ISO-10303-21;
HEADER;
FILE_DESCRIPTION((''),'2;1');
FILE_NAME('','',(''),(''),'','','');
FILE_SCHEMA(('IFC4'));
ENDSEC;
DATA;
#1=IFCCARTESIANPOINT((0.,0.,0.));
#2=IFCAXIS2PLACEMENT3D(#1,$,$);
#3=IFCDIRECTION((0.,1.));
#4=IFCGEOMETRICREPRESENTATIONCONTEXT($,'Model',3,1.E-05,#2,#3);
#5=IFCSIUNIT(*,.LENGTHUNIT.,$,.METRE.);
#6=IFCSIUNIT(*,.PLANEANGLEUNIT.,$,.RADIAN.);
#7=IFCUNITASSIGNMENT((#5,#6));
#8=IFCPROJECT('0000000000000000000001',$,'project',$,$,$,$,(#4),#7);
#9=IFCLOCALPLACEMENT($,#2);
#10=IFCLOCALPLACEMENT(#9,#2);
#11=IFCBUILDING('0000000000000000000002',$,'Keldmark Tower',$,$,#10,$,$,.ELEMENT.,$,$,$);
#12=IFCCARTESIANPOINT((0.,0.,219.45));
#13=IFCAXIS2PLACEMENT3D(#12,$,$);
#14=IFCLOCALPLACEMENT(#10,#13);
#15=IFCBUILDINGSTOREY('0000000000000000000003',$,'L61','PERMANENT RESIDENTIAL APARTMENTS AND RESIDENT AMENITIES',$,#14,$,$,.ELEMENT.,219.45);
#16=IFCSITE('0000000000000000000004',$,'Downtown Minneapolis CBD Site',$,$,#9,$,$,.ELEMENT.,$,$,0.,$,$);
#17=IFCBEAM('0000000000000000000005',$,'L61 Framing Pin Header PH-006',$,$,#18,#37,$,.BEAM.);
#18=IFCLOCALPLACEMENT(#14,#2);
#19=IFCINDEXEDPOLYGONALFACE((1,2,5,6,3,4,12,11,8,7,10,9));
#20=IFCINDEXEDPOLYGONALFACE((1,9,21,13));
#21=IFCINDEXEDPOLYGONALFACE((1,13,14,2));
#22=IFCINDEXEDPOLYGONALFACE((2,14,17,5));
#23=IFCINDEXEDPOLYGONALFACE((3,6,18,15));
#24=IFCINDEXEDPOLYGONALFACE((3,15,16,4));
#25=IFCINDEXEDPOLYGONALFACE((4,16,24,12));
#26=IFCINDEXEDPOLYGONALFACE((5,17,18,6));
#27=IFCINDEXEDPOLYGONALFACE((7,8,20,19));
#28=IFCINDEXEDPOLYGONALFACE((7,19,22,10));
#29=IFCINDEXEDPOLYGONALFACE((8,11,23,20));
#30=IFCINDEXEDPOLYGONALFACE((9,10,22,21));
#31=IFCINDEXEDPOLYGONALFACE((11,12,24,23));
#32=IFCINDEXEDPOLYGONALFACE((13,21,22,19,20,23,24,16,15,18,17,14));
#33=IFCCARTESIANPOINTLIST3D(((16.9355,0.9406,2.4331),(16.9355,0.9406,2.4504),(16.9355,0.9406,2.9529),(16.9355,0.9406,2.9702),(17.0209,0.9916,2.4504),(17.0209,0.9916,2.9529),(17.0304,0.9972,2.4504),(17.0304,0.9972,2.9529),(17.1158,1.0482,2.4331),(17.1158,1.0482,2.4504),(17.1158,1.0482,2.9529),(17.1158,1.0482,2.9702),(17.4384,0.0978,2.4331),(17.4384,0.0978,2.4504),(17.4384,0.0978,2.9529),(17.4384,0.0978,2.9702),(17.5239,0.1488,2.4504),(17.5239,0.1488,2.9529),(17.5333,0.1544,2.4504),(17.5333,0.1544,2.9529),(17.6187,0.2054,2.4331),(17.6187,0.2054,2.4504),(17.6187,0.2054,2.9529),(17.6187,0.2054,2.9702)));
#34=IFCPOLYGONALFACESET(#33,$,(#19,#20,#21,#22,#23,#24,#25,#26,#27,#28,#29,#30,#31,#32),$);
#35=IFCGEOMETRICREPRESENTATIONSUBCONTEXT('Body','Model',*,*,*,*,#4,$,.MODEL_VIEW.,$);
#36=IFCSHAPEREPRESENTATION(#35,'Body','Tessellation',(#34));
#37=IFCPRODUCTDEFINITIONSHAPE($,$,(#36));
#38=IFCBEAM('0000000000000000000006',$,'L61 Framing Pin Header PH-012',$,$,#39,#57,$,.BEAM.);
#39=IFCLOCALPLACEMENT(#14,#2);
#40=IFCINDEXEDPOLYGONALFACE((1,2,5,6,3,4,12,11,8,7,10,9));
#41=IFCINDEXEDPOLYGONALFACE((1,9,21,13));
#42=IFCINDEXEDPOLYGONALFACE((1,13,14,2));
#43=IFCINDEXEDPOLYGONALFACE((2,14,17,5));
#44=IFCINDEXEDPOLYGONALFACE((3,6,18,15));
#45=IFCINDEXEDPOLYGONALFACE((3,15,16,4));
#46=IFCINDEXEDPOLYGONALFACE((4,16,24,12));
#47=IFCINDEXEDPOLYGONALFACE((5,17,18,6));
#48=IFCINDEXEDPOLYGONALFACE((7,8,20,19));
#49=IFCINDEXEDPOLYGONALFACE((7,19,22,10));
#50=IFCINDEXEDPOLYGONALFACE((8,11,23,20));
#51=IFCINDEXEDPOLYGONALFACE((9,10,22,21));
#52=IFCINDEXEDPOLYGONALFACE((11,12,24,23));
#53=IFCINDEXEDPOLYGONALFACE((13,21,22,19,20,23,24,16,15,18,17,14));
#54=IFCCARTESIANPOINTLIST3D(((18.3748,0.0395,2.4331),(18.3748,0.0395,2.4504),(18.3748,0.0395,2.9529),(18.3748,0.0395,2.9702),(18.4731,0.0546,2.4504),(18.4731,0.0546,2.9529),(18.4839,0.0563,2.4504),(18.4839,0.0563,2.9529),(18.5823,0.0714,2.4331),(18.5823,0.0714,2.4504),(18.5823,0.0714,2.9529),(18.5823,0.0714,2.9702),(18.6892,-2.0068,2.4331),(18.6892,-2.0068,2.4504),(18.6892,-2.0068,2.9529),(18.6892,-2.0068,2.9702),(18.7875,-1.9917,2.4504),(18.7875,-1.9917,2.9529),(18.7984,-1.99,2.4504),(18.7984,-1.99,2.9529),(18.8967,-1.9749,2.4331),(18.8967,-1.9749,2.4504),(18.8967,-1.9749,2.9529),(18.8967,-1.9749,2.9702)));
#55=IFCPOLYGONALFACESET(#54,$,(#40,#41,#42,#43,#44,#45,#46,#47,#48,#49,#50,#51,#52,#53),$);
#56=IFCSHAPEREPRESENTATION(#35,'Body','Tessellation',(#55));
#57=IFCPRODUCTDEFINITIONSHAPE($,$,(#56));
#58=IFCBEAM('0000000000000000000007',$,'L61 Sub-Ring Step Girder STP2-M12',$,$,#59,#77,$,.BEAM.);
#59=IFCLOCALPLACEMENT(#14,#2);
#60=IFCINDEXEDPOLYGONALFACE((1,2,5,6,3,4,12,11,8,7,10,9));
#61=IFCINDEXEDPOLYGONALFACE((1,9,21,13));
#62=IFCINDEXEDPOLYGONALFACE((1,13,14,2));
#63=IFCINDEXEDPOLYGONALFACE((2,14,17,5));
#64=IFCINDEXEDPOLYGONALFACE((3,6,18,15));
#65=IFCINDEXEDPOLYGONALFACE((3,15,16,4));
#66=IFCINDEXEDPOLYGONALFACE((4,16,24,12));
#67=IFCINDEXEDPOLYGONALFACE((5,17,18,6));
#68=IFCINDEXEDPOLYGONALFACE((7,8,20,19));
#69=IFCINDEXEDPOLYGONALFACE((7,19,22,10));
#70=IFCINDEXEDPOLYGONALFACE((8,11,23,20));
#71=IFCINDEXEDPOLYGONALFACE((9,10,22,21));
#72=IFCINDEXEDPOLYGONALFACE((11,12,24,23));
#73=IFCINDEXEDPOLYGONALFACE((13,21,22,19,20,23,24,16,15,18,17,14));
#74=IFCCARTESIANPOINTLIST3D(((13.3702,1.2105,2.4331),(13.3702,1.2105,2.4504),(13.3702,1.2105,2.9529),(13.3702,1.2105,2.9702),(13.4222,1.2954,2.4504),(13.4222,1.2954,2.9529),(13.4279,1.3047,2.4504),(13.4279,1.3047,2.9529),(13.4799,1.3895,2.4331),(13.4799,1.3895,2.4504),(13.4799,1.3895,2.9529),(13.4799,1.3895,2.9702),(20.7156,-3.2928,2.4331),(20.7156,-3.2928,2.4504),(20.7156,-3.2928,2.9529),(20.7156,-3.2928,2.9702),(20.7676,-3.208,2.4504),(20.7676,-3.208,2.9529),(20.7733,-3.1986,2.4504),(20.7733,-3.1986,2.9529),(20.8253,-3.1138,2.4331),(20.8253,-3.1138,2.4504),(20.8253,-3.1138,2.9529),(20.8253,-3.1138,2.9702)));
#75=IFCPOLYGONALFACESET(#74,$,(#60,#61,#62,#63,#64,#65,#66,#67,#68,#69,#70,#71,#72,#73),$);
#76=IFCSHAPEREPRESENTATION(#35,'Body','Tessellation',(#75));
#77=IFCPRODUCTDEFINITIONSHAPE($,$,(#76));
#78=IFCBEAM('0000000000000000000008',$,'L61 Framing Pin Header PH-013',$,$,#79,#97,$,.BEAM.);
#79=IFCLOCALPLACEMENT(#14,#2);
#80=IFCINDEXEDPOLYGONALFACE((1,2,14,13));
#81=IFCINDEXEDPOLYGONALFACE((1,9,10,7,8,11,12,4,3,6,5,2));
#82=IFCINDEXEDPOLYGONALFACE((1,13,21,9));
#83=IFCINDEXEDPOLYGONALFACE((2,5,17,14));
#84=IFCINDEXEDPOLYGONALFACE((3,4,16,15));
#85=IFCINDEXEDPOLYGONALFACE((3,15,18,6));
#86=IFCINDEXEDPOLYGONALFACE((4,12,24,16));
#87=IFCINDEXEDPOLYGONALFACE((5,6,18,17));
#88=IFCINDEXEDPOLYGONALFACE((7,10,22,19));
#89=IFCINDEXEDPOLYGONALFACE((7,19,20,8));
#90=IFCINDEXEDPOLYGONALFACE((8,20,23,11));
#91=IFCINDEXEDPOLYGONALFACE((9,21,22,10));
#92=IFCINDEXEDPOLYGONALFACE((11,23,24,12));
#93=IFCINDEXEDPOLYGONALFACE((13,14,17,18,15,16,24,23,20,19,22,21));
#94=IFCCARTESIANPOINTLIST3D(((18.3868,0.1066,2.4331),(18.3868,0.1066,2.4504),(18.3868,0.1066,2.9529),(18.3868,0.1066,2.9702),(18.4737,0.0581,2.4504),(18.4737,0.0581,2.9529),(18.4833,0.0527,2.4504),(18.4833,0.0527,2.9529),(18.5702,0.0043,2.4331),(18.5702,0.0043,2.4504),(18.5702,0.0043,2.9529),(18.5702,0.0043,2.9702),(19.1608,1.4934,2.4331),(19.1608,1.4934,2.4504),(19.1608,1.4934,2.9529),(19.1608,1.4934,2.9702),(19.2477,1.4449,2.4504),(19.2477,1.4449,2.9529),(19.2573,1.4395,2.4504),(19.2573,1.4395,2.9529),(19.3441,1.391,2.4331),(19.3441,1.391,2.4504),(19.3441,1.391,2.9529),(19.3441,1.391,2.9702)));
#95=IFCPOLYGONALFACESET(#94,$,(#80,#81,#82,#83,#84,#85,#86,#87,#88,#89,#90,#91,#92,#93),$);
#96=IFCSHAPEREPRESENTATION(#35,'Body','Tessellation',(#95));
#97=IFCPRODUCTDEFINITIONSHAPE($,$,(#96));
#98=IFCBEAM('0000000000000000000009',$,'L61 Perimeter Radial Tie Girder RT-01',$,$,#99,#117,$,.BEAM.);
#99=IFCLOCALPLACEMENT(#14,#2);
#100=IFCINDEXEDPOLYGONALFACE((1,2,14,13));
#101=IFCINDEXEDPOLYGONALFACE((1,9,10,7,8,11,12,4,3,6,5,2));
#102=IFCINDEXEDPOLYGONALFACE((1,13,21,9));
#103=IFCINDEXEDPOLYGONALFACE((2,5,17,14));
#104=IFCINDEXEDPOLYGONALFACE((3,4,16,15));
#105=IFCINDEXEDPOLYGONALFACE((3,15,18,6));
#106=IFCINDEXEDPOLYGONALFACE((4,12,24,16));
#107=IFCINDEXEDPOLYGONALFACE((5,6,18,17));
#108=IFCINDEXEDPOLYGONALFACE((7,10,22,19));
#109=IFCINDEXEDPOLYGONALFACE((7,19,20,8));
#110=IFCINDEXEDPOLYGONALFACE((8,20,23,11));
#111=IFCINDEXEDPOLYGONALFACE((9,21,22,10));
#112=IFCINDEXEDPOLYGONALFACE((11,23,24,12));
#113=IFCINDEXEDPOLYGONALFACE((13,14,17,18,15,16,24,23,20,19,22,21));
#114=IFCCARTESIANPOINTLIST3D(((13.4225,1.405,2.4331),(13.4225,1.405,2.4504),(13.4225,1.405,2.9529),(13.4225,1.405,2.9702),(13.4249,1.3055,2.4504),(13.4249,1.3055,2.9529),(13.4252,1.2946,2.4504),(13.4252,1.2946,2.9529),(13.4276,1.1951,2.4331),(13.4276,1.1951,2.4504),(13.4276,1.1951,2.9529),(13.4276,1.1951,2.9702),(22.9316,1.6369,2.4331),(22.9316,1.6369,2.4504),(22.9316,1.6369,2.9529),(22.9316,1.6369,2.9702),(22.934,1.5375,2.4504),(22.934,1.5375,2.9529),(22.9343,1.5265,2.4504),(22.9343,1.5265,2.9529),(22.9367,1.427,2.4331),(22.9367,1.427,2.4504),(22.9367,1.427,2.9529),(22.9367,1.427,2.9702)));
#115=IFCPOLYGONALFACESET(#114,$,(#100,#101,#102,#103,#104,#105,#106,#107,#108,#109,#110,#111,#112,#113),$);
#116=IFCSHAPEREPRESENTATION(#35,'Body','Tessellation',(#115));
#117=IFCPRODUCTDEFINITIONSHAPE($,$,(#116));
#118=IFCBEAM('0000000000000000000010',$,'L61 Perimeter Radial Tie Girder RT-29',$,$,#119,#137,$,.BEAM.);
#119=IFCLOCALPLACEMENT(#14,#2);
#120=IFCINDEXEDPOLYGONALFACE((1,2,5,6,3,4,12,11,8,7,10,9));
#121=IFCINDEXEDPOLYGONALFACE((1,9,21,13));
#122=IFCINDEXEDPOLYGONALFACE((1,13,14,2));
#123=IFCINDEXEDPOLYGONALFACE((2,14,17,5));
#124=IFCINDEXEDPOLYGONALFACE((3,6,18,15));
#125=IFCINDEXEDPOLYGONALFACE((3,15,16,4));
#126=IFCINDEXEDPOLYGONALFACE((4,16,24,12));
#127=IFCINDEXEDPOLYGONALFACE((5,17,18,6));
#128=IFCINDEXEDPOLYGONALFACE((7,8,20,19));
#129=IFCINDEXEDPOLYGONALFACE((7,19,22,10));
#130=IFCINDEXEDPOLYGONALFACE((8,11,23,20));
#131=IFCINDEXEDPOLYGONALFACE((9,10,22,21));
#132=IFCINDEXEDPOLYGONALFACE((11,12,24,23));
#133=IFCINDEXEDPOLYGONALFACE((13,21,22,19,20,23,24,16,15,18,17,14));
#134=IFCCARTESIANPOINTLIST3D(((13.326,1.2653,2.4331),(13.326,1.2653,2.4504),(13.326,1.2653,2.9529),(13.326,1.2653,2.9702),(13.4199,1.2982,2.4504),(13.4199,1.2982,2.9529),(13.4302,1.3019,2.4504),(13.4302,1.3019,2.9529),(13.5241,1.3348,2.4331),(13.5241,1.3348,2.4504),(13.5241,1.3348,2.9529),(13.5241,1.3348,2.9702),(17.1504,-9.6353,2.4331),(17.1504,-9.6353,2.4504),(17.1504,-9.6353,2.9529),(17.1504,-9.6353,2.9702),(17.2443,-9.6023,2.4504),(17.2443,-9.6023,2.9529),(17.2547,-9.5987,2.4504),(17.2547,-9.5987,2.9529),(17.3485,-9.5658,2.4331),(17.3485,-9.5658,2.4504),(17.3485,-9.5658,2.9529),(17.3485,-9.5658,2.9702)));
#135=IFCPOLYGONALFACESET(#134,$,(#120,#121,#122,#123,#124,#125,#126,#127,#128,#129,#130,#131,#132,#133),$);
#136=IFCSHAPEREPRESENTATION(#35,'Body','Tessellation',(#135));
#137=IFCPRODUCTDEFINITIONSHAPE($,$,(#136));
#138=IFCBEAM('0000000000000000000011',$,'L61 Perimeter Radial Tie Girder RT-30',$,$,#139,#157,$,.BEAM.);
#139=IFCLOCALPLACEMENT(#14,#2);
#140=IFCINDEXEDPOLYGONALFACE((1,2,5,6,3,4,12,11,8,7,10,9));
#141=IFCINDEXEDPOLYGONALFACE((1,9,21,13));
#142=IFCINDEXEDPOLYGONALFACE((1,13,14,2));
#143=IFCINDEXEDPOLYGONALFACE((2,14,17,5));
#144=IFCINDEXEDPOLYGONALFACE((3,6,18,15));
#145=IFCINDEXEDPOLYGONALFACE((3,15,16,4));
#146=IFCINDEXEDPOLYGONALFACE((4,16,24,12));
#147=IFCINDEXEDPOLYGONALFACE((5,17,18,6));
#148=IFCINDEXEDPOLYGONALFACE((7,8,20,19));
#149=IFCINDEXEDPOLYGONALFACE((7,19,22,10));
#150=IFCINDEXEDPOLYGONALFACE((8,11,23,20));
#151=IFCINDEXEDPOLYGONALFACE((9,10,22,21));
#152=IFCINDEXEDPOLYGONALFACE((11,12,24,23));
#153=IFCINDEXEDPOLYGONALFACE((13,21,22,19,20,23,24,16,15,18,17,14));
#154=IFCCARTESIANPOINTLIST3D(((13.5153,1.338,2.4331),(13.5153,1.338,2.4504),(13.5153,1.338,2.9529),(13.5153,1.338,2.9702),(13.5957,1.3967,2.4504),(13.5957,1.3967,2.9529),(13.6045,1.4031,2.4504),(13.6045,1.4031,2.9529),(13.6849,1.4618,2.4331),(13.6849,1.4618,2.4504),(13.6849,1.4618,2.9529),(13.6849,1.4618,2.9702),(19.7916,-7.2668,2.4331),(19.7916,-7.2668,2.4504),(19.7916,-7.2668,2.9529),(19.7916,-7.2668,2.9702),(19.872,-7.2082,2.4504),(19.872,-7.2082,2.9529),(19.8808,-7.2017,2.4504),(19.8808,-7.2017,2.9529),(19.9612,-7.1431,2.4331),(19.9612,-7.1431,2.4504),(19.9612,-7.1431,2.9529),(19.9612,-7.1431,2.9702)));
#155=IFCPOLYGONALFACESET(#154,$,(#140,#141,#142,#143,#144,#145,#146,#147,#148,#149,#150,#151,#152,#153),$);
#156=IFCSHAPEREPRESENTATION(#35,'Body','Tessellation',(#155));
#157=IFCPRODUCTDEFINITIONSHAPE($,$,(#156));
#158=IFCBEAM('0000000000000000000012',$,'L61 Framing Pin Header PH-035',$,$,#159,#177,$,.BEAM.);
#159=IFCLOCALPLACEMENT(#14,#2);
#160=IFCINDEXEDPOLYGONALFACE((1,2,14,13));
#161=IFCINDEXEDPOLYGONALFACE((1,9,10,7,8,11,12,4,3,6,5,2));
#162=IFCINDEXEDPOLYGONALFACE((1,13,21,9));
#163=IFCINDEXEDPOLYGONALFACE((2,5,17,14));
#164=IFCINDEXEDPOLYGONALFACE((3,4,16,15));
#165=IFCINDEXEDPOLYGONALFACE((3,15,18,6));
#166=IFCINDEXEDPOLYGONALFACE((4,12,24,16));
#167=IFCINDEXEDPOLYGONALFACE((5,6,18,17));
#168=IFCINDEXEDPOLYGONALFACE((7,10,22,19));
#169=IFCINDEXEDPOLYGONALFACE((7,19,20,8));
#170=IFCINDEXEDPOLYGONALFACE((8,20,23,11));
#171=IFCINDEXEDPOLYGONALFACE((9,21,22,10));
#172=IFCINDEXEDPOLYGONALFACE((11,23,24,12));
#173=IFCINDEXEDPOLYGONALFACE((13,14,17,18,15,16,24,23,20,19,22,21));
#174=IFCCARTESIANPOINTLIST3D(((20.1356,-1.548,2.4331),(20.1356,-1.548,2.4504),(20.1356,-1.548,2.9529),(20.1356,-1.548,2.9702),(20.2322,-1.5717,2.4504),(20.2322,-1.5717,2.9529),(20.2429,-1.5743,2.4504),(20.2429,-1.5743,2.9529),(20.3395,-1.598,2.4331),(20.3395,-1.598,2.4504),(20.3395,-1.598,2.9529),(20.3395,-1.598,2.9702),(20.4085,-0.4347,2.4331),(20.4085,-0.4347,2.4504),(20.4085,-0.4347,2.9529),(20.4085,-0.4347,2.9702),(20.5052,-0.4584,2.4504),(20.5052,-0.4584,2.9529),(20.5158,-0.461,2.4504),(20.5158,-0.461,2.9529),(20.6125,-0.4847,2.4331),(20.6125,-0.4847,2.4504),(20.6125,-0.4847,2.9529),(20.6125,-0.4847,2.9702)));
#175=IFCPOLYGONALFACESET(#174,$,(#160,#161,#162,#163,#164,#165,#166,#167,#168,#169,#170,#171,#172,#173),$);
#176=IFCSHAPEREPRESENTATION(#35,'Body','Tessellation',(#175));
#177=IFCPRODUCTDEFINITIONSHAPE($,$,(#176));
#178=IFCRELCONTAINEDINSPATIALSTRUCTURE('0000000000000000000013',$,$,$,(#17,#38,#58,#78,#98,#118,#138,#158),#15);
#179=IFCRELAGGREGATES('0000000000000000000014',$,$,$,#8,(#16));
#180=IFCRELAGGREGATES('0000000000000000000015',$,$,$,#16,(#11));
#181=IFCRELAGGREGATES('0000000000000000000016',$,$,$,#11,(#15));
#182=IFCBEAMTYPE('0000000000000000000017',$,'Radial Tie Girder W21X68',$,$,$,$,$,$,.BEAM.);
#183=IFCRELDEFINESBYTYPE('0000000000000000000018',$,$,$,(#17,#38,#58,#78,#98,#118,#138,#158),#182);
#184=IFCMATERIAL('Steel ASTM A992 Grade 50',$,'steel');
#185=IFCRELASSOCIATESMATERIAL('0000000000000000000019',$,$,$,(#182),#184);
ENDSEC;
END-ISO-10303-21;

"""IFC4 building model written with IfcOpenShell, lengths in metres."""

from ifc_helpers import new_model, si_unit, direction, frame, origin, origin_2d, place, context, subcontext, project, spatial, i_section, extrude, material, material_profile, profile_set, type_object, element, save


model = new_model("IFC4")

# Units and contexts
model_context = context("Model", 3, precision=1e-05, world=origin(), true_north=direction((0.0, 1.0)))
body_context = subcontext(model_context, "Body", "Model", "MODEL_VIEW")
ifc_project = project(units=[si_unit("LENGTHUNIT", "METRE"), si_unit("PLANEANGLEUNIT", "RADIAN")], contexts=[model_context])

# Site, building, storey
site_placement = place(None, origin())
site = spatial("IfcSite", under=ifc_project, at=site_placement, Name="Downtown Minneapolis CBD Site", CompositionType="ELEMENT", RefElevation=0.0)
building_placement = place(site_placement, origin())
building = spatial("IfcBuilding", under=site, at=building_placement, Name="Keldmark Tower", CompositionType="ELEMENT")
storey_placement = place(building_placement, frame((0.0, 0.0, 219.45)))
storey = spatial("IfcBuildingStorey", under=building, at=storey_placement, Name="L61", Description="PERMANENT RESIDENTIAL APARTMENTS AND RESIDENT AMENITIES", CompositionType="ELEMENT", Elevation=219.45)

# Beams
ifc_material_1 = material(Name="Steel ASTM A992 Grade 50", Category="steel")
ifc_material_profile_1 = material_profile(ifc_material_1, i_section(OverallWidth=0.21, OverallDepth=0.5371, WebThickness=0.011, FlangeThickness=0.0173, at=origin_2d()), Name="W21X68")
ifc_profile_set_1 = profile_set([ifc_material_profile_1], Name="Steel ASTM A992 Grade 50")
beam_type_1 = type_object("IfcBeamType", Name="Radial Tie Girder W21X68", PredefinedType="BEAM", material=ifc_profile_set_1)
beam_1_placement = place(storey_placement, frame((17.0256, 0.9944, 2.7017), z_axis=(0.512446, -0.85872, 0.0), x_axis=(0.85872, 0.512446, 0.0)))
element("IfcBeam", 1, at=beam_1_placement, inside=storey, type_object=beam_type_1, Name="L61 Framing Pin Header PH-006", PredefinedType="BEAM", context=body_context, shape_type="SweptSolid", body=[
    extrude(i_section(OverallWidth=0.21, OverallDepth=0.5371, WebThickness=0.011, FlangeThickness=0.0173, at=origin_2d()), origin(), (0.0, 0.0, 1.0), 0.9814),
])
beam_2_placement = place(storey_placement, frame((18.4785, 0.0554, 2.7017), z_axis=(0.15188, -0.988399, 0.0), x_axis=(0.988399, 0.15188, 0.0)))
element("IfcBeam", 2, at=beam_2_placement, inside=storey, type_object=beam_type_1, Name="L61 Framing Pin Header PH-012", PredefinedType="BEAM", context=body_context, shape_type="SweptSolid", body=[
    extrude(i_section(OverallWidth=0.21, OverallDepth=0.5371, WebThickness=0.011, FlangeThickness=0.0173, at=origin_2d()), origin(), (0.0, 0.0, 1.0), 2.0703),
])
beam_3_placement = place(storey_placement, frame((13.425, 1.3, 2.7017), z_axis=(0.852531, -0.522677, 0.0), x_axis=(0.522677, 0.852531, 0.0)))
element("IfcBeam", 3, at=beam_3_placement, inside=storey, type_object=beam_type_1, Name="L61 Sub-Ring Step Girder STP2-M12", PredefinedType="BEAM", context=body_context, shape_type="SweptSolid", body=[
    extrude(i_section(OverallWidth=0.21, OverallDepth=0.5371, WebThickness=0.011, FlangeThickness=0.0173, at=origin_2d()), origin(), (0.0, 0.0, 1.0), 8.616),
])
beam_4_placement = place(storey_placement, frame((18.4785, 0.0554, 2.7017), z_axis=(0.487339, 0.873213, 0.0), x_axis=(-0.873213, 0.487339, 0.0)))
element("IfcBeam", 4, at=beam_4_placement, inside=storey, type_object=beam_type_1, Name="L61 Framing Pin Header PH-013", PredefinedType="BEAM", context=body_context, shape_type="SweptSolid", body=[
    extrude(i_section(OverallWidth=0.21, OverallDepth=0.5371, WebThickness=0.011, FlangeThickness=0.0173, at=origin_2d()), origin(), (0.0, 0.0, 1.0), 1.5881),
])
beam_5_placement = place(storey_placement, frame((13.425, 1.3, 2.7017), z_axis=(0.999703, 0.024384, 0.0), x_axis=(-0.024384, 0.999703, 0.0)))
element("IfcBeam", 5, at=beam_5_placement, inside=storey, type_object=beam_type_1, Name="L61 Perimeter Radial Tie Girder RT-01", PredefinedType="BEAM", context=body_context, shape_type="SweptSolid", body=[
    extrude(i_section(OverallWidth=0.21, OverallDepth=0.5371, WebThickness=0.011, FlangeThickness=0.0173, at=origin_2d()), origin(), (0.0, 0.0, 1.0), 9.512),
])
beam_6_placement = place(storey_placement, frame((13.425, 1.3, 2.7017), z_axis=(0.331063, -0.943609, 0.0), x_axis=(0.943609, 0.331063, 0.0)))
element("IfcBeam", 6, at=beam_6_placement, inside=storey, type_object=beam_type_1, Name="L61 Perimeter Radial Tie Girder RT-29", PredefinedType="BEAM", context=body_context, shape_type="SweptSolid", body=[
    extrude(i_section(OverallWidth=0.21, OverallDepth=0.5371, WebThickness=0.011, FlangeThickness=0.0173, at=origin_2d()), origin(), (0.0, 0.0, 1.0), 11.552),
])
beam_7_placement = place(storey_placement, frame((13.6001, 1.3999, 2.7017), z_axis=(0.589289, -0.807922, 0.0), x_axis=(0.807922, 0.589289, 0.0)))
element("IfcBeam", 7, at=beam_7_placement, inside=storey, type_object=beam_type_1, Name="L61 Perimeter Radial Tie Girder RT-30", PredefinedType="BEAM", context=body_context, shape_type="SweptSolid", body=[
    extrude(i_section(OverallWidth=0.21, OverallDepth=0.5371, WebThickness=0.011, FlangeThickness=0.0173, at=origin_2d()), origin(), (0.0, 0.0, 1.0), 10.6506),
])
beam_8_placement = place(storey_placement, frame((20.2375, -1.573, 2.7017), z_axis=(0.238123, 0.971235, 0.0), x_axis=(-0.971235, 0.238123, 0.0)))
element("IfcBeam", 8, at=beam_8_placement, inside=storey, type_object=beam_type_1, Name="L61 Framing Pin Header PH-035", PredefinedType="BEAM", context=body_context, shape_type="SweptSolid", body=[
    extrude(i_section(OverallWidth=0.21, OverallDepth=0.5371, WebThickness=0.011, FlangeThickness=0.0173, at=origin_2d()), origin(), (0.0, 0.0, 1.0), 1.1462),
])

save(model, "model.ifc")
